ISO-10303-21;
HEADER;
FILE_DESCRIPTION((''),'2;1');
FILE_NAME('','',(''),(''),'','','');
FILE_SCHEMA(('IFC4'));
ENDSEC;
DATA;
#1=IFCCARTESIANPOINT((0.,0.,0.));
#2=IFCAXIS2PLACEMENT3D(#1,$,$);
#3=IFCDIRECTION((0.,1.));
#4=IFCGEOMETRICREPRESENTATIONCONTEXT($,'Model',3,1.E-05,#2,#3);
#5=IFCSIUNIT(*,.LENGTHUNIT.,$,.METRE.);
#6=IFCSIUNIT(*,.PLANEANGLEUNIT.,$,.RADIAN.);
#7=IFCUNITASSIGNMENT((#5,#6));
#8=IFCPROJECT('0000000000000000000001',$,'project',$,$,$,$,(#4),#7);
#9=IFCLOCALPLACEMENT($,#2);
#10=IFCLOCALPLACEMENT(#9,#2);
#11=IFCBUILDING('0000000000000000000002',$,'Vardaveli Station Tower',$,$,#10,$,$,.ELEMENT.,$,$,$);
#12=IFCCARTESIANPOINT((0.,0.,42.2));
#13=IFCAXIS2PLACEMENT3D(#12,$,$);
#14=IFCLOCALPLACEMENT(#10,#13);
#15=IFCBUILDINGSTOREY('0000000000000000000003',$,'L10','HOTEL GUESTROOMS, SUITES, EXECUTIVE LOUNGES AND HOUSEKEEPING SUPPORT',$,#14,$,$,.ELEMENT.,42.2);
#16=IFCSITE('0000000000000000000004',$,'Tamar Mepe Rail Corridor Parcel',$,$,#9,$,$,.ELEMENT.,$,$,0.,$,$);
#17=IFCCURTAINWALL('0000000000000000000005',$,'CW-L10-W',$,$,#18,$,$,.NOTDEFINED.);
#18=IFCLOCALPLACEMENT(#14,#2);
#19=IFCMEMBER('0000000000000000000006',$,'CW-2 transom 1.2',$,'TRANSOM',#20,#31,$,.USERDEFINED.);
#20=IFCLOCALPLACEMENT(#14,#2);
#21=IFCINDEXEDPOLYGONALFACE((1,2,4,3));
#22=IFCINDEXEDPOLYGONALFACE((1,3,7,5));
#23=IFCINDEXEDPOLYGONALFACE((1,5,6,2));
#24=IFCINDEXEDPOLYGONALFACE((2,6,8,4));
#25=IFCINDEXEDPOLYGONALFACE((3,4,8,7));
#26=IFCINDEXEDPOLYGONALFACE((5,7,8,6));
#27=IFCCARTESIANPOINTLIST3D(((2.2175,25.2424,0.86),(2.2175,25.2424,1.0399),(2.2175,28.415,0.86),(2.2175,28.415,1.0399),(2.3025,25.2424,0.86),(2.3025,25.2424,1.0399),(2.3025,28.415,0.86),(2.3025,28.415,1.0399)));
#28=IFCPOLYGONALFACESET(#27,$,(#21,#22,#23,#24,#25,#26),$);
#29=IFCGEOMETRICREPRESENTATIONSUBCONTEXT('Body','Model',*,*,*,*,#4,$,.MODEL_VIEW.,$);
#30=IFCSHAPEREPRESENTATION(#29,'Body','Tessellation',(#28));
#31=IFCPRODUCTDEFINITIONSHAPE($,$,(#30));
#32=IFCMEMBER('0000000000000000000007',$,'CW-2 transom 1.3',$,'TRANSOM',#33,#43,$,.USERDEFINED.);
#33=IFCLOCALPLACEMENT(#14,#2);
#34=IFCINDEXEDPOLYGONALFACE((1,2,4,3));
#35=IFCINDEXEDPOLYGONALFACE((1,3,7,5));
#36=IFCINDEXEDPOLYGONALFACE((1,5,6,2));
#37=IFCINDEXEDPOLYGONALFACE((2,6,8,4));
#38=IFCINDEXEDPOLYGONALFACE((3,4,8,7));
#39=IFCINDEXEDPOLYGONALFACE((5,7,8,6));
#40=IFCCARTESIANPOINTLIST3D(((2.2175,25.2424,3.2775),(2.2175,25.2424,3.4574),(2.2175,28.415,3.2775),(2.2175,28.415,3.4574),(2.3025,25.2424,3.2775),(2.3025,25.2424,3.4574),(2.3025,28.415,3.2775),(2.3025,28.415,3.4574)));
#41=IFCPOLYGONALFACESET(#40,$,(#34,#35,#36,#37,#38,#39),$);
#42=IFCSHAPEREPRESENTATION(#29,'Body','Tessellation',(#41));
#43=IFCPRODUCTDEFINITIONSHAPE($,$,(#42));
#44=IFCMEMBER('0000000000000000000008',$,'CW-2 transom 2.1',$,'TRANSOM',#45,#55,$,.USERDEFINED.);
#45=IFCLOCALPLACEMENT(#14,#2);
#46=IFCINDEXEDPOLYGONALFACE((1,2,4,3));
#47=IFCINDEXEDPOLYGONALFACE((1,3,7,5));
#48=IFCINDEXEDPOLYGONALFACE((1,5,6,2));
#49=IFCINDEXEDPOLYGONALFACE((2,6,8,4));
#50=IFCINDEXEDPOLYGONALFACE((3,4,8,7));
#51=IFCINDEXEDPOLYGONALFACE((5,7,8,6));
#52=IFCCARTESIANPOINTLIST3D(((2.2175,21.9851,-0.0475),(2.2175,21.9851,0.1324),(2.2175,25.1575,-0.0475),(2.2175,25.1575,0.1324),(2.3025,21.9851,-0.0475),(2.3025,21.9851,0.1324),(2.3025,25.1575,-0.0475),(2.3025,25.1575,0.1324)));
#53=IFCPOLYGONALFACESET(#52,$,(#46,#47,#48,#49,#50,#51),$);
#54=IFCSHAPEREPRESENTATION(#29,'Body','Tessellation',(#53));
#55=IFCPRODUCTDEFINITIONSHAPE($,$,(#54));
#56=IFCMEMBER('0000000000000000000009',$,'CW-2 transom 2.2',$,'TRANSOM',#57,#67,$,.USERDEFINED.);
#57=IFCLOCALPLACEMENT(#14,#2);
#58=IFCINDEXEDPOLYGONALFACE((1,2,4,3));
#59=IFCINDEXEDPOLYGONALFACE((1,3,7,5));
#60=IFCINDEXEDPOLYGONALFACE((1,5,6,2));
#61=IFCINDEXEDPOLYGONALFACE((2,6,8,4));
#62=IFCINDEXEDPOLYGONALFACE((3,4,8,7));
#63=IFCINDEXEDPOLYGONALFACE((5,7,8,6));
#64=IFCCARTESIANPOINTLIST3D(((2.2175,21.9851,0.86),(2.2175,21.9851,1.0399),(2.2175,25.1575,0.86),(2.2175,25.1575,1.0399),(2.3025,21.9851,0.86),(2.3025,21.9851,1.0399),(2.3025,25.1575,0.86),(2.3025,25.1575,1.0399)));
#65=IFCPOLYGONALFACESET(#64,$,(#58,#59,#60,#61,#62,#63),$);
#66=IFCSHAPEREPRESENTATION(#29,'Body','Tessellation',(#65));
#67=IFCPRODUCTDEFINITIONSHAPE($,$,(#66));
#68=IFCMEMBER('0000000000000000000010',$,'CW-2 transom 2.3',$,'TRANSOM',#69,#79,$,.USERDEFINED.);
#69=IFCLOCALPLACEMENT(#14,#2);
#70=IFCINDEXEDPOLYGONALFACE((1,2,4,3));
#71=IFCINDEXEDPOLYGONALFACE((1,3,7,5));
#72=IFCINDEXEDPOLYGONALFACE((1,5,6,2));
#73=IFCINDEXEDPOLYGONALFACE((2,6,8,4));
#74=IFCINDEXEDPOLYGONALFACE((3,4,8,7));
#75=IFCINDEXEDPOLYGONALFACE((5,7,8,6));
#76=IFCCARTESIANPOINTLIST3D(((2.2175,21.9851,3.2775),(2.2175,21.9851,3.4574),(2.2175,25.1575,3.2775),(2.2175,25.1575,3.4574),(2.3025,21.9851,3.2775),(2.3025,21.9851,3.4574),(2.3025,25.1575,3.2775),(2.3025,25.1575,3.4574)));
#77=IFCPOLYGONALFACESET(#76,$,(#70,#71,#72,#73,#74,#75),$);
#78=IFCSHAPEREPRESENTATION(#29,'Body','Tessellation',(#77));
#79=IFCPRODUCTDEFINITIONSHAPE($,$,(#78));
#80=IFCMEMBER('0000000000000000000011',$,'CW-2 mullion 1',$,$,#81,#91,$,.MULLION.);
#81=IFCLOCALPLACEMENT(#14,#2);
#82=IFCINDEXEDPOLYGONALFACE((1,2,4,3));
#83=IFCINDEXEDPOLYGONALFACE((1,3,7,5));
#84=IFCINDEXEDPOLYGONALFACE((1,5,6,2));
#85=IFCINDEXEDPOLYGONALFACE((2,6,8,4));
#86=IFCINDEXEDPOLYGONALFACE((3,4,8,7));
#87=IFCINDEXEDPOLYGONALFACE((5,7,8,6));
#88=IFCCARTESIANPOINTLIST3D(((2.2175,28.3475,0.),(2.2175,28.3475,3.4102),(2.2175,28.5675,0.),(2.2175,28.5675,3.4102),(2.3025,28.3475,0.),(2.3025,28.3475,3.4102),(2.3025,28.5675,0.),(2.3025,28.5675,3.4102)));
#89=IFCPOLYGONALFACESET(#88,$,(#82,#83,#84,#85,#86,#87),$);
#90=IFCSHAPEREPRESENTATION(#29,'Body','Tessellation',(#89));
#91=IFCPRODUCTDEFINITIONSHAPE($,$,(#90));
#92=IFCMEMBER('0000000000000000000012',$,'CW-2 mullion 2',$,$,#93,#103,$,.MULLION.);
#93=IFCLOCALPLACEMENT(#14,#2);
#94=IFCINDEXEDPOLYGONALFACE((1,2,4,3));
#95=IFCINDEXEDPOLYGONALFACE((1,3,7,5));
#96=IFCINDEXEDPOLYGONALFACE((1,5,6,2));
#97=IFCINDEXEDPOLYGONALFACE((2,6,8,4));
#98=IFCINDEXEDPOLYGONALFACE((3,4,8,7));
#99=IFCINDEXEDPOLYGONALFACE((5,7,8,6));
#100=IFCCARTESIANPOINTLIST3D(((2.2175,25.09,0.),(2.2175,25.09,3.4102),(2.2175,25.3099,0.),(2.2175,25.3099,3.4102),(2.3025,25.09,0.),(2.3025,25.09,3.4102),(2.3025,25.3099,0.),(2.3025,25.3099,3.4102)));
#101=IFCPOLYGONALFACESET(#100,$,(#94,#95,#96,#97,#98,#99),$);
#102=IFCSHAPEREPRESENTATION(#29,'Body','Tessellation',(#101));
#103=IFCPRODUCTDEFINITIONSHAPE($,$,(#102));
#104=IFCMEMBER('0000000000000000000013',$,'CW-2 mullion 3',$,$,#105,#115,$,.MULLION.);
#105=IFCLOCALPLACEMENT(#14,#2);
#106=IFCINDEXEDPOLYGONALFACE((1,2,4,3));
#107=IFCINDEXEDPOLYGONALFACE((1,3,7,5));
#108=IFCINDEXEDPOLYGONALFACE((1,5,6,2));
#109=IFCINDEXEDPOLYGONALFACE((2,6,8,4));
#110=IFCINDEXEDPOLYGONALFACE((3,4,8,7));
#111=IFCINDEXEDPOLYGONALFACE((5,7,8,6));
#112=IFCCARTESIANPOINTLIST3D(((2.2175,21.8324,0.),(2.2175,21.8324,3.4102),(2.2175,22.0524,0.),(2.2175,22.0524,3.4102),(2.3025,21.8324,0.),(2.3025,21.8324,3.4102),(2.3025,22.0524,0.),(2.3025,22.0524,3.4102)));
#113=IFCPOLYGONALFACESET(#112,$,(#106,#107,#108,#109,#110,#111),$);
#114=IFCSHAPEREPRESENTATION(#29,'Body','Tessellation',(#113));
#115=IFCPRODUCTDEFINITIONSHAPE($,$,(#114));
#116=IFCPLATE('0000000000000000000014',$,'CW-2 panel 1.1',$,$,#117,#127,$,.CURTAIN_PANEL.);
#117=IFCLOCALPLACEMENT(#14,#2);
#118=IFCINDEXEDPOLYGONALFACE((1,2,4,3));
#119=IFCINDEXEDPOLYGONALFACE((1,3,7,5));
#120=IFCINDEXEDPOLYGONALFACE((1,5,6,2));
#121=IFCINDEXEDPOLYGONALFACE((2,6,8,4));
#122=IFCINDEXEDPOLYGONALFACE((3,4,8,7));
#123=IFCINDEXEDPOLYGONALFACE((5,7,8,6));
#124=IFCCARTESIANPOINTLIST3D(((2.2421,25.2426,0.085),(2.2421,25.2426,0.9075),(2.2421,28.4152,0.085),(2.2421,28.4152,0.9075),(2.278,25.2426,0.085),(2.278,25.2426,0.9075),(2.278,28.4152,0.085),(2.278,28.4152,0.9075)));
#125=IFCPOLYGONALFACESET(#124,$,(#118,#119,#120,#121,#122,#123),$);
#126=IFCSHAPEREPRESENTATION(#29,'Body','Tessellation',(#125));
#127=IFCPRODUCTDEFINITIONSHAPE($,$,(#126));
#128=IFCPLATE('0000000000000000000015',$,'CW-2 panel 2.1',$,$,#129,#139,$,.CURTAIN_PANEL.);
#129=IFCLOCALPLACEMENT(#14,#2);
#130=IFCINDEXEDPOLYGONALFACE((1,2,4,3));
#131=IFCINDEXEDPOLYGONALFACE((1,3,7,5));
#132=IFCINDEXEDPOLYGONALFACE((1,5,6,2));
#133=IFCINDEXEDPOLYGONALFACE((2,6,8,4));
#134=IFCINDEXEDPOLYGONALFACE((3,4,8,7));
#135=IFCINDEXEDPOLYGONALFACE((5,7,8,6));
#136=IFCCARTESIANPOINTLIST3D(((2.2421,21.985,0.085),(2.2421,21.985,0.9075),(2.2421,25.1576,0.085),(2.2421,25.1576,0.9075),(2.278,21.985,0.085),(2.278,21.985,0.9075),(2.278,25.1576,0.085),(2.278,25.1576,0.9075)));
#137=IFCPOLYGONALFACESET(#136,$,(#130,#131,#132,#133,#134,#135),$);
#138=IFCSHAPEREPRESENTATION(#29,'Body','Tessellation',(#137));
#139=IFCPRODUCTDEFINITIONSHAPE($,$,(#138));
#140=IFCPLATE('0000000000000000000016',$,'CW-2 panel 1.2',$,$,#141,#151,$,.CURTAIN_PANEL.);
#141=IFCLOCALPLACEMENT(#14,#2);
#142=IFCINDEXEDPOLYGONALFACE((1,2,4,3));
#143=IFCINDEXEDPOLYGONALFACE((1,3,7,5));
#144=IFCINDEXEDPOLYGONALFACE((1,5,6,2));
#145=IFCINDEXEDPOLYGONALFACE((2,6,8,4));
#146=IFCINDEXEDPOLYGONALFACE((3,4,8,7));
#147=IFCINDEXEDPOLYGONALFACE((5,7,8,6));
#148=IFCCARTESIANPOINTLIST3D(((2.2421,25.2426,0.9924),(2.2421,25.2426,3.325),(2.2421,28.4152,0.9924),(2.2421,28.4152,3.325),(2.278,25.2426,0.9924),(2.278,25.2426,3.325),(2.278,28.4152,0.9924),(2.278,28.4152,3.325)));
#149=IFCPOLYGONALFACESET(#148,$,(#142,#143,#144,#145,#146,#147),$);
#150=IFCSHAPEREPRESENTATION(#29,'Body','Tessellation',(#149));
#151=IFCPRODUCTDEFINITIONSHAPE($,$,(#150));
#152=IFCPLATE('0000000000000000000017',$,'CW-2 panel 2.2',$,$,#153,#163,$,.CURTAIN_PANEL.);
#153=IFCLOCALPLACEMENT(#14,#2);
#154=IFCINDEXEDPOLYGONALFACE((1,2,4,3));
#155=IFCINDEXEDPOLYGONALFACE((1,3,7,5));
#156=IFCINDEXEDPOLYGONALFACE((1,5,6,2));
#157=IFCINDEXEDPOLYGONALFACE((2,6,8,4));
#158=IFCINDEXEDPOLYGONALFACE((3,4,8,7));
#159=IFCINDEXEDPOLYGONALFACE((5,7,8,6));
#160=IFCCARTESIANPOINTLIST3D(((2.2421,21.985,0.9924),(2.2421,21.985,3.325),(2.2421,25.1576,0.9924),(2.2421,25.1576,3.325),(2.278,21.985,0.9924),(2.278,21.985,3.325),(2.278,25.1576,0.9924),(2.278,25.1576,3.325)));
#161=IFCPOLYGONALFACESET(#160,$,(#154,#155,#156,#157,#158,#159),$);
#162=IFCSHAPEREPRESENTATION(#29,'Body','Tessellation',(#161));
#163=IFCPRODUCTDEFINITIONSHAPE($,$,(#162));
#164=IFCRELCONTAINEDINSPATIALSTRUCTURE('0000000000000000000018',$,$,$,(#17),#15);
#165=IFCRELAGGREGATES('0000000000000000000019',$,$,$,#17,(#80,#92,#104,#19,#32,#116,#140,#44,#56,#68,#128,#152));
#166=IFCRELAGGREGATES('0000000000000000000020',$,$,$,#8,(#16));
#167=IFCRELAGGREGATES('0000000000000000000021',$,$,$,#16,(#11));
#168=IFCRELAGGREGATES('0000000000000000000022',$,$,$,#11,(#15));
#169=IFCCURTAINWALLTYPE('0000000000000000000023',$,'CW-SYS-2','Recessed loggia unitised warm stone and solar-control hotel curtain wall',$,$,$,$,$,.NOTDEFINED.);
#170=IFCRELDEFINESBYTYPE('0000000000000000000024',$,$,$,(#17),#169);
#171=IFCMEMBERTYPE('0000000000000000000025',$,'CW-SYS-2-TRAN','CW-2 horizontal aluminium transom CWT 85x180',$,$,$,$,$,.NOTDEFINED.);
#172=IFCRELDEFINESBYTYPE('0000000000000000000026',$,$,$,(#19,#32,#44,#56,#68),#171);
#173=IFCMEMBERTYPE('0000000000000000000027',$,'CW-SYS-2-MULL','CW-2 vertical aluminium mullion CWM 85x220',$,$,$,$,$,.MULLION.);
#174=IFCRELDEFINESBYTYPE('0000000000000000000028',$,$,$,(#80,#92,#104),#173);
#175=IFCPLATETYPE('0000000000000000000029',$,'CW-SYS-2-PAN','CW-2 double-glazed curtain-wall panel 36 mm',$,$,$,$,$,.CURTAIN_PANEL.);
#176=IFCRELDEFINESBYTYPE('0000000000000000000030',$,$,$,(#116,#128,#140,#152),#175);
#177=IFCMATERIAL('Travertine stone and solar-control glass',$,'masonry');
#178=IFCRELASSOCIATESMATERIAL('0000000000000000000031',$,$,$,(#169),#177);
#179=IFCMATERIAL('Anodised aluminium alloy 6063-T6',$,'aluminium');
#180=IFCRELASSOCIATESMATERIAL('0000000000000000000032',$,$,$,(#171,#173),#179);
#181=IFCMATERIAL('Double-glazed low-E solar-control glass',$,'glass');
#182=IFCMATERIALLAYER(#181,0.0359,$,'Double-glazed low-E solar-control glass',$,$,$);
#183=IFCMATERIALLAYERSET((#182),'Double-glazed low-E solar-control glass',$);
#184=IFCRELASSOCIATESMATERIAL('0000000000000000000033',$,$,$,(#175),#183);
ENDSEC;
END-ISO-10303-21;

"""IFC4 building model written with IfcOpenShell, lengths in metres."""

from ifc_helpers import new_model, si_unit, direction, frame, origin, origin_2d, place, context, subcontext, project, spatial, rectangle, extrude, source, transform, mapped, material, layer, layer_set, material_profile, profile_set, type_object, element, aggregate, save


model = new_model("IFC4")

# Units and contexts
model_context = context("Model", 3, precision=1e-05, world=origin(), true_north=direction((0.0, 1.0)))
body_context = subcontext(model_context, "Body", "Model", "MODEL_VIEW")
ifc_project = project(units=[si_unit("LENGTHUNIT", "METRE"), si_unit("PLANEANGLEUNIT", "RADIAN")], contexts=[model_context])

# Site, building, storey
site_placement = place(None, origin())
site = spatial("IfcSite", under=ifc_project, at=site_placement, Name="Tamar Mepe Rail Corridor Parcel", CompositionType="ELEMENT", RefElevation=0.0)
building_placement = place(site_placement, origin())
building = spatial("IfcBuilding", under=site, at=building_placement, Name="Vardaveli Station Tower", CompositionType="ELEMENT")
storey_placement = place(building_placement, frame((0.0, 0.0, 42.2)))
storey = spatial("IfcBuildingStorey", under=building, at=storey_placement, Name="L10", Description="HOTEL GUESTROOMS, SUITES, EXECUTIVE LOUNGES AND HOUSEKEEPING SUPPORT", CompositionType="ELEMENT", Elevation=42.2)

# Curtain wall, members, plates
ifc_material_1 = material(Name="Travertine stone and solar-control glass", Category="masonry")
curtain_wall_type = type_object("IfcCurtainWallType", Name="CW-SYS-2", Description="Recessed loggia unitised warm stone and solar-control hotel curtain wall", PredefinedType="NOTDEFINED", material=ifc_material_1)
curtain_wall_placement = place(storey_placement, origin())
curtain_wall = element("IfcCurtainWall", 1, at=curtain_wall_placement, inside=storey, type_object=curtain_wall_type, Name="CW-L10-W", PredefinedType="NOTDEFINED")
ifc_material_2 = material(Name="Anodised aluminium alloy 6063-T6", Category="aluminium")
ifc_material_profile_1 = material_profile(ifc_material_2, rectangle(XDim=0.085, YDim=0.1799, at=origin_2d()), Name="CWT 85x180")
ifc_profile_set_1 = profile_set([ifc_material_profile_1], Name="Anodised aluminium alloy 6063-T6")
member_type_1 = type_object("IfcMemberType", Name="CW-SYS-2-TRAN", Description="CW-2 horizontal aluminium transom CWT 85x180", PredefinedType="NOTDEFINED", material=ifc_profile_set_1)
shared_shape_1 = source(origin(), body_context, "Body", "SweptSolid", [
    extrude(rectangle(XDim=0.085, YDim=0.1799, at=origin_2d()), origin(), (0.0, 0.0, 1.0), 3.1726),
])
member_1_placement = place(storey_placement, frame((2.26, 28.415, 0.95), z_axis=(0.0, -1.0, 0.0), x_axis=(1.0, 0.0, 0.0)))
member_1 = element("IfcMember", 2, at=member_1_placement, type_object=member_type_1, Name="CW-2 transom 1.2", ObjectType="TRANSOM", PredefinedType="USERDEFINED", context=body_context, shape_type="MappedRepresentation", body=[
    mapped(shared_shape_1, transform((0.0, 0.0, 0.0), scale=1.0)),
])
member_2_placement = place(storey_placement, frame((2.26, 28.415, 3.3674), z_axis=(0.0, -1.0, 0.0), x_axis=(1.0, 0.0, 0.0)))
member_2 = element("IfcMember", 3, at=member_2_placement, type_object=member_type_1, Name="CW-2 transom 1.3", ObjectType="TRANSOM", PredefinedType="USERDEFINED", context=body_context, shape_type="MappedRepresentation", body=[
    mapped(shared_shape_1, transform((0.0, 0.0, 0.0), scale=1.0)),
])
shared_shape_2 = source(origin(), body_context, "Body", "SweptSolid", [
    extrude(rectangle(XDim=0.085, YDim=0.1799, at=origin_2d()), origin(), (0.0, 0.0, 1.0), 3.1724),
])
member_3_placement = place(storey_placement, frame((2.26, 25.1575, 0.0425), z_axis=(0.0, -1.0, 0.0), x_axis=(1.0, 0.0, 0.0)))
member_3 = element("IfcMember", 4, at=member_3_placement, type_object=member_type_1, Name="CW-2 transom 2.1", ObjectType="TRANSOM", PredefinedType="USERDEFINED", context=body_context, shape_type="MappedRepresentation", body=[
    mapped(shared_shape_2, transform((0.0, 0.0, 0.0), scale=1.0)),
])
member_4_placement = place(storey_placement, frame((2.26, 25.1575, 0.95), z_axis=(0.0, -1.0, 0.0), x_axis=(1.0, 0.0, 0.0)))
member_4 = element("IfcMember", 5, at=member_4_placement, type_object=member_type_1, Name="CW-2 transom 2.2", ObjectType="TRANSOM", PredefinedType="USERDEFINED", context=body_context, shape_type="MappedRepresentation", body=[
    mapped(shared_shape_2, transform((0.0, 0.0, 0.0), scale=1.0)),
])
member_5_placement = place(storey_placement, frame((2.26, 25.1575, 3.3674), z_axis=(0.0, -1.0, 0.0), x_axis=(1.0, 0.0, 0.0)))
member_5 = element("IfcMember", 6, at=member_5_placement, type_object=member_type_1, Name="CW-2 transom 2.3", ObjectType="TRANSOM", PredefinedType="USERDEFINED", context=body_context, shape_type="MappedRepresentation", body=[
    mapped(shared_shape_2, transform((0.0, 0.0, 0.0), scale=1.0)),
])
ifc_material_profile_2 = material_profile(ifc_material_2, rectangle(XDim=0.085, YDim=0.22, at=origin_2d()), Name="CWM 85x220")
ifc_profile_set_2 = profile_set([ifc_material_profile_2], Name="Anodised aluminium alloy 6063-T6")
member_type_2 = type_object("IfcMemberType", Name="CW-SYS-2-MULL", Description="CW-2 vertical aluminium mullion CWM 85x220", PredefinedType="MULLION", material=ifc_profile_set_2)
shared_shape_3 = source(origin(), body_context, "Body", "SweptSolid", [
    extrude(rectangle(XDim=0.085, YDim=0.22, at=origin_2d()), origin(), (0.0, 0.0, 1.0), 3.4102),
])
member_6_placement = place(storey_placement, frame((2.26, 28.4575, 0.0), z_axis=(0.0, 0.0, 1.0), x_axis=(1.0, 0.0, 0.0)))
member_6 = element("IfcMember", 7, at=member_6_placement, type_object=member_type_2, Name="CW-2 mullion 1", PredefinedType="MULLION", context=body_context, shape_type="MappedRepresentation", body=[
    mapped(shared_shape_3, transform((0.0, 0.0, 0.0), scale=1.0)),
])
member_7_placement = place(storey_placement, frame((2.26, 25.2, 0.0), z_axis=(0.0, 0.0, 1.0), x_axis=(1.0, 0.0, 0.0)))
member_7 = element("IfcMember", 8, at=member_7_placement, type_object=member_type_2, Name="CW-2 mullion 2", PredefinedType="MULLION", context=body_context, shape_type="MappedRepresentation", body=[
    mapped(shared_shape_3, transform((0.0, 0.0, 0.0), scale=1.0)),
])
member_8_placement = place(storey_placement, frame((2.26, 21.9424, 0.0), z_axis=(0.0, 0.0, 1.0), x_axis=(1.0, 0.0, 0.0)))
member_8 = element("IfcMember", 9, at=member_8_placement, type_object=member_type_2, Name="CW-2 mullion 3", PredefinedType="MULLION", context=body_context, shape_type="MappedRepresentation", body=[
    mapped(shared_shape_3, transform((0.0, 0.0, 0.0), scale=1.0)),
])
ifc_material_3 = material(Name="Double-glazed low-E solar-control glass", Category="glass")
ifc_layer_1 = layer(ifc_material_3, 0.0359, Name="Double-glazed low-E solar-control glass")
ifc_layer_set_1 = layer_set([ifc_layer_1], Name="Double-glazed low-E solar-control glass")
plate_type = type_object("IfcPlateType", Name="CW-SYS-2-PAN", Description="CW-2 double-glazed curtain-wall panel 36 mm", PredefinedType="CURTAIN_PANEL", material=ifc_layer_set_1)
shared_shape_4 = source(origin(), body_context, "Body", "SweptSolid", [
    extrude(rectangle(XDim=3.1726, YDim=0.0359, at=origin_2d()), origin(), (0.0, 0.0, 1.0), 0.8225),
])
plate_1_placement = place(storey_placement, frame((2.26, 26.8289, 0.085), z_axis=(0.0, 0.0, 1.0), x_axis=(0.0, -1.0, 0.0)))
plate_1 = element("IfcPlate", 10, at=plate_1_placement, type_object=plate_type, Name="CW-2 panel 1.1", PredefinedType="CURTAIN_PANEL", context=body_context, shape_type="MappedRepresentation", body=[
    mapped(shared_shape_4, transform((0.0, 0.0, 0.0), scale=1.0)),
])
plate_2_placement = place(storey_placement, frame((2.26, 23.5713, 0.085), z_axis=(0.0, 0.0, 1.0), x_axis=(0.0, -1.0, 0.0)))
plate_2 = element("IfcPlate", 11, at=plate_2_placement, type_object=plate_type, Name="CW-2 panel 2.1", PredefinedType="CURTAIN_PANEL", context=body_context, shape_type="MappedRepresentation", body=[
    mapped(shared_shape_4, transform((0.0, 0.0, 0.0), scale=1.0)),
])
shared_shape_5 = source(origin(), body_context, "Body", "SweptSolid", [
    extrude(rectangle(XDim=3.1726, YDim=0.0359, at=origin_2d()), origin(), (0.0, 0.0, 1.0), 2.3325),
])
plate_3_placement = place(storey_placement, frame((2.26, 26.8289, 0.9924), z_axis=(0.0, 0.0, 1.0), x_axis=(0.0, -1.0, 0.0)))
plate_3 = element("IfcPlate", 12, at=plate_3_placement, type_object=plate_type, Name="CW-2 panel 1.2", PredefinedType="CURTAIN_PANEL", context=body_context, shape_type="MappedRepresentation", body=[
    mapped(shared_shape_5, transform((0.0, 0.0, 0.0), scale=1.0)),
])
plate_4_placement = place(storey_placement, frame((2.26, 23.5713, 0.9924), z_axis=(0.0, 0.0, 1.0), x_axis=(0.0, -1.0, 0.0)))
plate_4 = element("IfcPlate", 13, at=plate_4_placement, type_object=plate_type, Name="CW-2 panel 2.2", PredefinedType="CURTAIN_PANEL", context=body_context, shape_type="MappedRepresentation", body=[
    mapped(shared_shape_5, transform((0.0, 0.0, 0.0), scale=1.0)),
])
aggregate(curtain_wall, [member_6, member_7, member_8, member_1, member_2, plate_1, plate_3, member_3, member_4, member_5, plate_2, plate_4])

save(model, "model.ifc")
